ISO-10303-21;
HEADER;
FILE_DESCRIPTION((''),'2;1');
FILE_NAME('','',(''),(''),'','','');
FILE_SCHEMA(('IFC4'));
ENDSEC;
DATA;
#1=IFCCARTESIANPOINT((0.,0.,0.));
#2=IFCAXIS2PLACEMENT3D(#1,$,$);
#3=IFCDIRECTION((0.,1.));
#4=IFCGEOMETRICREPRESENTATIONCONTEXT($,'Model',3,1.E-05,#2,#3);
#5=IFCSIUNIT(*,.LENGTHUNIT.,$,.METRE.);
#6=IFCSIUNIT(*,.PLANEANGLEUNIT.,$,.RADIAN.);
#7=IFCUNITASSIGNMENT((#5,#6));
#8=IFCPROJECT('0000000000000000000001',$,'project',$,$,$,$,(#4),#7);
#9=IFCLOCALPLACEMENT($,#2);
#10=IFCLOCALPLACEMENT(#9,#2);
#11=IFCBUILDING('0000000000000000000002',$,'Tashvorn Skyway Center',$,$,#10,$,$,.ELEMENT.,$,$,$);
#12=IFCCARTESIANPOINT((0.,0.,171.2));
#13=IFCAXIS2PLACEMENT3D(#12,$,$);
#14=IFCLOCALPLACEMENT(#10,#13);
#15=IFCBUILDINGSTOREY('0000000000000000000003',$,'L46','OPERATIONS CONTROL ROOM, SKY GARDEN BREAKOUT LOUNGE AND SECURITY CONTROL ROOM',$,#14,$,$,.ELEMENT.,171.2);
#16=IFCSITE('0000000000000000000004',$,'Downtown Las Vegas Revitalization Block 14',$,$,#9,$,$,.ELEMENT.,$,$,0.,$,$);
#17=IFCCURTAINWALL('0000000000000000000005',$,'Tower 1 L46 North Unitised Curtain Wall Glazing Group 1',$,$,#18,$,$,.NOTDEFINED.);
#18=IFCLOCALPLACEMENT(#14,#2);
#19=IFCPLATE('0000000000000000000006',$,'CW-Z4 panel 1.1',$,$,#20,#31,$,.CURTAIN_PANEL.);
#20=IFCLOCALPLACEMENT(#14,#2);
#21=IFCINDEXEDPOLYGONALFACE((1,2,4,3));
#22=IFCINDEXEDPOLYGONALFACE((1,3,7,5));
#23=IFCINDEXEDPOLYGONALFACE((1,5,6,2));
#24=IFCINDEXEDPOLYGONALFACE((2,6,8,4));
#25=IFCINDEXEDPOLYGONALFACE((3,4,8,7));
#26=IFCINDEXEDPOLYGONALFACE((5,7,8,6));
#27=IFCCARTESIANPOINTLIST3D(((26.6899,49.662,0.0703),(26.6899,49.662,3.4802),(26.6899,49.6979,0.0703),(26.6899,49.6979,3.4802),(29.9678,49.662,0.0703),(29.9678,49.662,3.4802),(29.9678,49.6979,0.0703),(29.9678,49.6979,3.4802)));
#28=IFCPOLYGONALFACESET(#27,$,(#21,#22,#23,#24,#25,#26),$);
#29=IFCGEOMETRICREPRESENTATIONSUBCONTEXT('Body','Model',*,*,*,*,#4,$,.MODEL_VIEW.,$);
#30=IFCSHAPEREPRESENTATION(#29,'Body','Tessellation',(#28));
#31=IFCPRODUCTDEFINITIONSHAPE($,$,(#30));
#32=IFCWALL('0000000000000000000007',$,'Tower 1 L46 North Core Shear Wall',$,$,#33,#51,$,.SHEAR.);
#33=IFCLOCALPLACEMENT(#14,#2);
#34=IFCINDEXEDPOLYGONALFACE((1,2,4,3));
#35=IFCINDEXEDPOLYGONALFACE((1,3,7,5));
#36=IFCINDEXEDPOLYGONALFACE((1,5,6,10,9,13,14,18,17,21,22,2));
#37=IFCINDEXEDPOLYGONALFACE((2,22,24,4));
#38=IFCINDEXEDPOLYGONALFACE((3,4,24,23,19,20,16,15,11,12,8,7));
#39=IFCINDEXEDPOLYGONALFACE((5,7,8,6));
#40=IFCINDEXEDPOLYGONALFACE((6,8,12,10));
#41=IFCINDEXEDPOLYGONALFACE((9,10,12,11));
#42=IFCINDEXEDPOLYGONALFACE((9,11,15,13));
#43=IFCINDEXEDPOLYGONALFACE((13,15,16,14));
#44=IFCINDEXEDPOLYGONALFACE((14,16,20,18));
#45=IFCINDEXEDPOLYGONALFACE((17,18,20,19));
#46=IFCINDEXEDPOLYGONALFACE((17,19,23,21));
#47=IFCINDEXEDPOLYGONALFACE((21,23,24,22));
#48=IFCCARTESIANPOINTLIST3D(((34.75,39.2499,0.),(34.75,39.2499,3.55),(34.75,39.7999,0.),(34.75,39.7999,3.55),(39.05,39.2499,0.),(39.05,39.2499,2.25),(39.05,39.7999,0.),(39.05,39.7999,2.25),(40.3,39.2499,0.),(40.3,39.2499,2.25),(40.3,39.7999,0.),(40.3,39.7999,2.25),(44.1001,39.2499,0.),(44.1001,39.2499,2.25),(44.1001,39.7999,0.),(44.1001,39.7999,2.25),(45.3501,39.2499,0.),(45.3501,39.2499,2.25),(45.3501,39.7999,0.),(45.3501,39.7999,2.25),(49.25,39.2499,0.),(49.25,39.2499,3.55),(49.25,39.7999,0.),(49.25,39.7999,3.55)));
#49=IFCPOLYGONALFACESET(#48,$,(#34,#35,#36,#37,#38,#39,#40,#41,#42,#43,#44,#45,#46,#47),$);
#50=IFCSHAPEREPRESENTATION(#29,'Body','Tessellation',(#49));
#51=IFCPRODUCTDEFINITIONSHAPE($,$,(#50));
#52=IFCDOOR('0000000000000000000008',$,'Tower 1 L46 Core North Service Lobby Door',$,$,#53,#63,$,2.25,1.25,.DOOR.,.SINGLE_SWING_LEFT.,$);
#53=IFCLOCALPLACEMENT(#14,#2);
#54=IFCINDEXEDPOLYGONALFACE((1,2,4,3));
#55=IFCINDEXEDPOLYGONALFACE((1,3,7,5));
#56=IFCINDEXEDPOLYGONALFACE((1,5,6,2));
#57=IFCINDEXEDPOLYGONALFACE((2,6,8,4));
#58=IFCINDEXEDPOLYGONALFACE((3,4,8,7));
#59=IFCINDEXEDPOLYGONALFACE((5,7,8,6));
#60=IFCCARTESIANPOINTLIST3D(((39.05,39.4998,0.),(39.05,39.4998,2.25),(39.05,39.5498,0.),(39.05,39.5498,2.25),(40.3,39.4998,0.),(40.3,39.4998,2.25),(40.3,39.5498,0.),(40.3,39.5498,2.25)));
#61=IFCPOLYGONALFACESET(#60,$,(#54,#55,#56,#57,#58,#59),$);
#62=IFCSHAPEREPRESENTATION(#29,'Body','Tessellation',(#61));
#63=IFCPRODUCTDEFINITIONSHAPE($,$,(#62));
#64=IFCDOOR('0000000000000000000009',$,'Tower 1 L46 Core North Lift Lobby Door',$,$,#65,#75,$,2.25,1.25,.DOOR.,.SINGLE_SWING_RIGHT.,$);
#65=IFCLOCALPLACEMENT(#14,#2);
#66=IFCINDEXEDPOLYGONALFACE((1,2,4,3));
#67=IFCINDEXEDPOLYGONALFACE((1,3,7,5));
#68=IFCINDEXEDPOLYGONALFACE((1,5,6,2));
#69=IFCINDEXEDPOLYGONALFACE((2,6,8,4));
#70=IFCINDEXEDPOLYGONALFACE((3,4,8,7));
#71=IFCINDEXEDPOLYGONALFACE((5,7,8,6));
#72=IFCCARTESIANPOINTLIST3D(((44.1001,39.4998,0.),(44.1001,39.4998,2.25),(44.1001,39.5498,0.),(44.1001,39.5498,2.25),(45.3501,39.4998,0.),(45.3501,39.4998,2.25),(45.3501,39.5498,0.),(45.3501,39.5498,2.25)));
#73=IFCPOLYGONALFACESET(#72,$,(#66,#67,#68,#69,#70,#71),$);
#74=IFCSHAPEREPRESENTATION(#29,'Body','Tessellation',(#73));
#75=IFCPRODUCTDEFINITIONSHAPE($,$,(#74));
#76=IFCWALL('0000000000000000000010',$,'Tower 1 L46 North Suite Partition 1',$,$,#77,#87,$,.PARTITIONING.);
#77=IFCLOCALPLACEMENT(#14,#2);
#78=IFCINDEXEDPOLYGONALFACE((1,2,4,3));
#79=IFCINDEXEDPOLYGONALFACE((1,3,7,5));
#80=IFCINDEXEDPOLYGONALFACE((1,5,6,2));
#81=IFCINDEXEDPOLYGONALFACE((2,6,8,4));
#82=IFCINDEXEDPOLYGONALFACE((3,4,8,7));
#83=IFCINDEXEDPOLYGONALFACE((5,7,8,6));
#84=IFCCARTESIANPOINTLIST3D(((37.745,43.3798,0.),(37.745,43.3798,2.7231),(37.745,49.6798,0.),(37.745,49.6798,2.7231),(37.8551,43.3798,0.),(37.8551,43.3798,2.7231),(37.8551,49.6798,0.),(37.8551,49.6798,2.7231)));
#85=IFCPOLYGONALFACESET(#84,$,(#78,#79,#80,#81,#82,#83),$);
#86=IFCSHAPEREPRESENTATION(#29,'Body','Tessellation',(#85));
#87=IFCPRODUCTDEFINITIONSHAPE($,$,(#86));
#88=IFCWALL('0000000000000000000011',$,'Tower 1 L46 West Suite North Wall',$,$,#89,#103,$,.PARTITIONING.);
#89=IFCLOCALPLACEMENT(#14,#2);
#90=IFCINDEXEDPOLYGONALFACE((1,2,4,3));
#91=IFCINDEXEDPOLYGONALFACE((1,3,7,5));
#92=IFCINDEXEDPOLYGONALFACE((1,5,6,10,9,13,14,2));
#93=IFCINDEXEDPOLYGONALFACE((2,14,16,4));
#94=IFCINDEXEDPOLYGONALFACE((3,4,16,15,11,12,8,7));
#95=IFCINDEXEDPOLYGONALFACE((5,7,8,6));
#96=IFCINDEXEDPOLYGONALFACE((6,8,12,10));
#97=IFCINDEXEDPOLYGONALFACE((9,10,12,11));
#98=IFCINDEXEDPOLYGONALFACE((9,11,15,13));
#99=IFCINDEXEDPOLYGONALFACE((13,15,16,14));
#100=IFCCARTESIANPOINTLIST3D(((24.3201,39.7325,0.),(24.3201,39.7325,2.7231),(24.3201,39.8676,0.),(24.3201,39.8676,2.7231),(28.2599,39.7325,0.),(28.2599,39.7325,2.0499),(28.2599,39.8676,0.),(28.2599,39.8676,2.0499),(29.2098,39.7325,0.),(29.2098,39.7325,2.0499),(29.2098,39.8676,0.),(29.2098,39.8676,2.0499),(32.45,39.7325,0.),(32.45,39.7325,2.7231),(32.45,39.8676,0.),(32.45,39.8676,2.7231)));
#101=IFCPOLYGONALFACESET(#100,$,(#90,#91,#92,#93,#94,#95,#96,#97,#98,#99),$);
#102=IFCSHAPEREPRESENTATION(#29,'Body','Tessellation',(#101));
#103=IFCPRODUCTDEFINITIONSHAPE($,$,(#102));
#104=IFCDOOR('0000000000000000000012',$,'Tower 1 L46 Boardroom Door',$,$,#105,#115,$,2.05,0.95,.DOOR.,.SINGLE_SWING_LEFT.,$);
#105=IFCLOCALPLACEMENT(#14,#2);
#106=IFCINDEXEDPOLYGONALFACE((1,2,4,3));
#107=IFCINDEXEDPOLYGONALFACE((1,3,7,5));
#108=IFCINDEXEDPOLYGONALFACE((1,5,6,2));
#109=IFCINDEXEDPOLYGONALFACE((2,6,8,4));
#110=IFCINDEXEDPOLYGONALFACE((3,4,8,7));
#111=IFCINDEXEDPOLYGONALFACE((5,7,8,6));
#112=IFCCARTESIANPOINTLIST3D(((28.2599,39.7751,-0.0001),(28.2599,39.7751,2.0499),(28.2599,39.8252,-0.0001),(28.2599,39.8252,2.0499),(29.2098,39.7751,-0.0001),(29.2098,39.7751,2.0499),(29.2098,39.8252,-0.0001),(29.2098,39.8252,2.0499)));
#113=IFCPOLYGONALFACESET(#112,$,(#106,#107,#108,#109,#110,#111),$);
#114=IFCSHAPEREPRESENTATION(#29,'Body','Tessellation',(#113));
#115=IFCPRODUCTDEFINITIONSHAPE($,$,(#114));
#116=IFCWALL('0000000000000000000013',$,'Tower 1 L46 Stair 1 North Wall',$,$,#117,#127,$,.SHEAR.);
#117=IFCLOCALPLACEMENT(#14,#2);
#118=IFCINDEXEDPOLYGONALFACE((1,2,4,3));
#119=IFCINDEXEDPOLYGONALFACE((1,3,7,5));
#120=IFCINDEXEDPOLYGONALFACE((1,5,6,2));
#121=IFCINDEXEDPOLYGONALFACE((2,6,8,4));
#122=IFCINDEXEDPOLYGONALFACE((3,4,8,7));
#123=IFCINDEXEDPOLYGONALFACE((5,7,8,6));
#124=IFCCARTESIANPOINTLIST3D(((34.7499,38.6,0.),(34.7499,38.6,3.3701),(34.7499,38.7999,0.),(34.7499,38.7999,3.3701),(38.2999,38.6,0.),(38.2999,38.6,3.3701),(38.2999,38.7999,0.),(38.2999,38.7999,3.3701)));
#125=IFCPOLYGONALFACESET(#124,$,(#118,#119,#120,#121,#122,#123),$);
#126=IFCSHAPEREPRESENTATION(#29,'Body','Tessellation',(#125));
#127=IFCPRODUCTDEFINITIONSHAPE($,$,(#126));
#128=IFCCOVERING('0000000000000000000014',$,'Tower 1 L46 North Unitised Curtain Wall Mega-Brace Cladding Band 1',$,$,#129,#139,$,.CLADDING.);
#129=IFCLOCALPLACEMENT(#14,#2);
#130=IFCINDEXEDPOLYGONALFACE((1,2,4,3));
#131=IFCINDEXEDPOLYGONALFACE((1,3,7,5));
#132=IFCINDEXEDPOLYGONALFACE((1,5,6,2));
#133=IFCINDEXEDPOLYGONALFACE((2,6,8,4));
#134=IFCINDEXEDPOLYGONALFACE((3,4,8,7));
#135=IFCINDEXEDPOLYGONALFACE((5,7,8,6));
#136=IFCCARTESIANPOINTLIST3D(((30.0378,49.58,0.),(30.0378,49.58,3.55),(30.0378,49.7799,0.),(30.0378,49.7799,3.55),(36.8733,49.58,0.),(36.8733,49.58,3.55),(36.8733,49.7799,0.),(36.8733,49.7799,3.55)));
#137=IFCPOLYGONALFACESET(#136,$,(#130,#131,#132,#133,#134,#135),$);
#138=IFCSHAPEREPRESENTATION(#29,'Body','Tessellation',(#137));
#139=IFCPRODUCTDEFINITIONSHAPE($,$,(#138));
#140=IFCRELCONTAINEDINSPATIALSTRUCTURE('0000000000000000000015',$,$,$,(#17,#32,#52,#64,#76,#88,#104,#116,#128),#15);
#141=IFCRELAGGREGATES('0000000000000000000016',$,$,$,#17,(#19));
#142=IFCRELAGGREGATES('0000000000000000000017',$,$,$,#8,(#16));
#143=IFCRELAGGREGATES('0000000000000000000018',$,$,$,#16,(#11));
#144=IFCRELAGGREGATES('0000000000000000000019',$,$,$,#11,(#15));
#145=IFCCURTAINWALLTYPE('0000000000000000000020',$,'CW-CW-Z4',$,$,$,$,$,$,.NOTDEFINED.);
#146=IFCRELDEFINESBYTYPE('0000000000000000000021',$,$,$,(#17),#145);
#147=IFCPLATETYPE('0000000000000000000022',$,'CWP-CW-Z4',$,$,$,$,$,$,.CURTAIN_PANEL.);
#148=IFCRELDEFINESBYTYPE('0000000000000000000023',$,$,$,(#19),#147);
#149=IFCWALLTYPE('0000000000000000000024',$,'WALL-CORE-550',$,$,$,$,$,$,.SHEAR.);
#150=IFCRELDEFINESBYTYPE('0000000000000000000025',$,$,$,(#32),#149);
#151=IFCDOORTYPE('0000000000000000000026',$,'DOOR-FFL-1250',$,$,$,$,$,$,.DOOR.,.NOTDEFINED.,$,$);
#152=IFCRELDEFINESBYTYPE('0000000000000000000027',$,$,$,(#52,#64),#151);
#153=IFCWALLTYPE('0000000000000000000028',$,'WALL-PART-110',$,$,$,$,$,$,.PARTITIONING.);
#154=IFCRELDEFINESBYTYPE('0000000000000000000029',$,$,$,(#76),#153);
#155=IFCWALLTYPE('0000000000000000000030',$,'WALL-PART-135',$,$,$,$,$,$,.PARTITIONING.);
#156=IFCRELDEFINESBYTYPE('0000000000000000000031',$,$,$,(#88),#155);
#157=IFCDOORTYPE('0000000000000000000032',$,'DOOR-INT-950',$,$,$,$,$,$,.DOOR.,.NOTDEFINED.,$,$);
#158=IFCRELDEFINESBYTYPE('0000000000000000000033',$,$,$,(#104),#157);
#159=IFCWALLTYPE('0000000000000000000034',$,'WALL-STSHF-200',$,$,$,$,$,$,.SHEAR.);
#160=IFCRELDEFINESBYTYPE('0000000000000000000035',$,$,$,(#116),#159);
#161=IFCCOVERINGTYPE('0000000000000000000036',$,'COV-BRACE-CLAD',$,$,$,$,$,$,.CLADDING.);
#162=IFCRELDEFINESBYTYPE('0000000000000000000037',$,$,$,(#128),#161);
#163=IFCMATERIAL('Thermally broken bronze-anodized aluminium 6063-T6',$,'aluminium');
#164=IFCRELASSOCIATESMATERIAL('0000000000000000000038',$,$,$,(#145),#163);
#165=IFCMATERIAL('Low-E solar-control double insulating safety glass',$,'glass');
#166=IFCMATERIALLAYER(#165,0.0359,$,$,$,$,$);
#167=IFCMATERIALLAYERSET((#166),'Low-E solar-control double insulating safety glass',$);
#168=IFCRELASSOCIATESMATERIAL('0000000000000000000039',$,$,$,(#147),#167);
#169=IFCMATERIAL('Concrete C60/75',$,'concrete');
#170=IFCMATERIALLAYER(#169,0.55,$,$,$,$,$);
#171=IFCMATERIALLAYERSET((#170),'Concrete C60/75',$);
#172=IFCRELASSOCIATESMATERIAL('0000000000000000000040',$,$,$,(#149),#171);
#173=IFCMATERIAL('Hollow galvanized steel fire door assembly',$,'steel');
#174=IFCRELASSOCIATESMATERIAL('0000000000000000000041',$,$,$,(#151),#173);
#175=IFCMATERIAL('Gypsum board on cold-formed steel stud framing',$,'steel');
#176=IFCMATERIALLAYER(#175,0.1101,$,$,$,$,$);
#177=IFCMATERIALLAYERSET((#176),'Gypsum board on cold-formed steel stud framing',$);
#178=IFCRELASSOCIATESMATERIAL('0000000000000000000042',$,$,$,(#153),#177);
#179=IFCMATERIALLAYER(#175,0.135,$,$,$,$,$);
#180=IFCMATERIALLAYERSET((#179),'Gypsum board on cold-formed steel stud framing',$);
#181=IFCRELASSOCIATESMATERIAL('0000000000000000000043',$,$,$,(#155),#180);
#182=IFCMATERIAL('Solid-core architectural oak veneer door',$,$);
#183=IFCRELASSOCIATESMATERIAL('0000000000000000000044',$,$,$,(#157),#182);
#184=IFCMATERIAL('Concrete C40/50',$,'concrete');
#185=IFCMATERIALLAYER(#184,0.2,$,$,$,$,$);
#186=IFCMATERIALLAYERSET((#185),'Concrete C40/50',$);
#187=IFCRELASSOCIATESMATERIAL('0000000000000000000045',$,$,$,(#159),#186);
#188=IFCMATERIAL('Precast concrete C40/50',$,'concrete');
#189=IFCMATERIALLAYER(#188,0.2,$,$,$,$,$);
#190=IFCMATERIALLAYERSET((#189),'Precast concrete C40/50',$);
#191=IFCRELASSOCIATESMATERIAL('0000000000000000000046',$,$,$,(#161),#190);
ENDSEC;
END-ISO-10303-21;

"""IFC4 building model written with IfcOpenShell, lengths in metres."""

from ifc_helpers import new_model, si_unit, direction, frame, frame_2d, origin, origin_2d, place, context, subcontext, project, spatial, rectangle, extrude, material, layer, layer_set, type_object, element, fill, aggregate, save


model = new_model("IFC4")

# Units and contexts
model_context = context("Model", 3, precision=1e-05, world=origin(), true_north=direction((0.0, 1.0)))
body_context = subcontext(model_context, "Body", "Model", "MODEL_VIEW")
ifc_project = project(units=[si_unit("LENGTHUNIT", "METRE"), si_unit("PLANEANGLEUNIT", "RADIAN")], contexts=[model_context])

# Site, building, storey
site_placement = place(None, origin())
site = spatial("IfcSite", under=ifc_project, at=site_placement, Name="Downtown Las Vegas Revitalization Block 14", CompositionType="ELEMENT", RefElevation=0.0)
building_placement = place(site_placement, origin())
building = spatial("IfcBuilding", under=site, at=building_placement, Name="Tashvorn Skyway Center", CompositionType="ELEMENT")
storey_placement = place(building_placement, frame((0.0, 0.0, 171.2)))
storey = spatial("IfcBuildingStorey", under=building, at=storey_placement, Name="L46", Description="OPERATIONS CONTROL ROOM, SKY GARDEN BREAKOUT LOUNGE AND SECURITY CONTROL ROOM", CompositionType="ELEMENT", Elevation=171.2)

# Curtain wall
ifc_material_1 = material(Name="Thermally broken bronze-anodized aluminium 6063-T6", Category="aluminium")
curtain_wall_type = type_object("IfcCurtainWallType", Name="CW-CW-Z4", PredefinedType="NOTDEFINED", material=ifc_material_1)
curtain_wall_1_placement = place(storey_placement, origin())
curtain_wall_1 = element("IfcCurtainWall", 1, at=curtain_wall_1_placement, inside=storey, type_object=curtain_wall_type, Name="Tower 1 L46 North Unitised Curtain Wall Glazing Group 1", PredefinedType="NOTDEFINED")

# Plate
ifc_material_2 = material(Name="Low-E solar-control double insulating safety glass", Category="glass")
ifc_layer_1 = layer(ifc_material_2, 0.0359)
ifc_layer_set_1 = layer_set([ifc_layer_1], Name="Low-E solar-control double insulating safety glass")
plate_type = type_object("IfcPlateType", Name="CWP-CW-Z4", PredefinedType="CURTAIN_PANEL", material=ifc_layer_set_1)
plate_placement = place(storey_placement, frame((28.3289, 49.6799, 0.0703), z_axis=(0.0, 0.0, 1.0), x_axis=(1.0, 0.0, 0.0)))
plate = element("IfcPlate", 2, at=plate_placement, type_object=plate_type, Name="CW-Z4 panel 1.1", PredefinedType="CURTAIN_PANEL", context=body_context, shape_type="SweptSolid", body=[
    extrude(rectangle(XDim=3.2778, YDim=0.0359, at=origin_2d()), origin(), (0.0, 0.0, 1.0), 3.4099),
])
aggregate(curtain_wall_1, [plate])

# Wall, openings, doors
ifc_material_3 = material(Name="Concrete C60/75", Category="concrete")
ifc_layer_2 = layer(ifc_material_3, 0.55)
ifc_layer_set_2 = layer_set([ifc_layer_2], Name="Concrete C60/75")
wall_type_1 = type_object("IfcWallType", Name="WALL-CORE-550", PredefinedType="SHEAR", material=ifc_layer_set_2)
wall_1_placement = place(storey_placement, frame((34.75, 39.5249, 0.0), z_axis=(0.0, 0.0, 1.0), x_axis=(1.0, 0.0, 0.0)))
wall_1 = element("IfcWall", 3, at=wall_1_placement, inside=storey, type_object=wall_type_1, Name="Tower 1 L46 North Core Shear Wall", PredefinedType="SHEAR", context=body_context, shape_type="SweptSolid", body=[
    extrude(rectangle(XDim=14.5, YDim=0.55, at=frame_2d((7.25, 0.0))), origin(), (0.0, 0.0, 1.0), 3.55),
])
opening_1_placement = place(wall_1_placement, frame((4.3, 0.0, 0.0)))
opening_1 = element("IfcOpeningElement", 4, at=opening_1_placement, cuts=wall_1, PredefinedType="OPENING", context=body_context, shape_type="SweptSolid", body=[
    extrude(rectangle(XDim=1.25, YDim=2.25, at=frame_2d((0.625, 1.125))), frame((0.0, 0.2849, 0.0), z_axis=(0.0, -1.0, 0.0), x_axis=(1.0, 0.0, 0.0)), (0.0, 0.0, 1.0), 0.5701),
])
opening_2_placement = place(wall_1_placement, frame((9.3501, 0.0, 0.0)))
opening_2 = element("IfcOpeningElement", 5, at=opening_2_placement, cuts=wall_1, PredefinedType="OPENING", context=body_context, shape_type="SweptSolid", body=[
    extrude(rectangle(XDim=1.25, YDim=2.25, at=frame_2d((0.625, 1.125))), frame((0.0, 0.2849, 0.0), z_axis=(0.0, -1.0, 0.0), x_axis=(1.0, 0.0, 0.0)), (0.0, 0.0, 1.0), 0.5701),
])
ifc_material_4 = material(Name="Hollow galvanized steel fire door assembly", Category="steel")
door_type_1 = type_object("IfcDoorType", Name="DOOR-FFL-1250", OperationType="NOTDEFINED", PredefinedType="DOOR", material=ifc_material_4)
door_1_placement = place(opening_1_placement, origin())
door_1 = element("IfcDoor", 6, at=door_1_placement, inside=storey, type_object=door_type_1, Name="Tower 1 L46 Core North Service Lobby Door", OperationType="SINGLE_SWING_LEFT", OverallHeight=2.25, OverallWidth=1.25, PredefinedType="DOOR", context=body_context, shape_type="SweptSolid", body=[
    extrude(rectangle(XDim=1.25, YDim=2.25, at=frame_2d((0.625, 1.125))), frame((0.0, 0.0249, 0.0), z_axis=(0.0, -1.0, 0.0), x_axis=(1.0, 0.0, 0.0)), (0.0, 0.0, 1.0), 0.05),
])
fill(opening_1, door_1)
door_2_placement = place(opening_2_placement, origin())
door_2 = element("IfcDoor", 7, at=door_2_placement, inside=storey, type_object=door_type_1, Name="Tower 1 L46 Core North Lift Lobby Door", OperationType="SINGLE_SWING_RIGHT", OverallHeight=2.25, OverallWidth=1.25, PredefinedType="DOOR", context=body_context, shape_type="SweptSolid", body=[
    extrude(rectangle(XDim=1.25, YDim=2.25, at=frame_2d((0.625, 1.125))), frame((0.0, 0.0249, 0.0), z_axis=(0.0, -1.0, 0.0), x_axis=(1.0, 0.0, 0.0)), (0.0, 0.0, 1.0), 0.05),
])
fill(opening_2, door_2)

# Wall
ifc_material_5 = material(Name="Gypsum board on cold-formed steel stud framing", Category="steel")
ifc_layer_3 = layer(ifc_material_5, 0.1101)
ifc_layer_set_3 = layer_set([ifc_layer_3], Name="Gypsum board on cold-formed steel stud framing")
wall_type_2 = type_object("IfcWallType", Name="WALL-PART-110", PredefinedType="PARTITIONING", material=ifc_layer_set_3)
wall_2_placement = place(storey_placement, frame((37.8, 43.3799, 0.0), z_axis=(0.0, 0.0, 1.0), x_axis=(0.0, 1.0, 0.0)))
element("IfcWall", 8, at=wall_2_placement, inside=storey, type_object=wall_type_2, Name="Tower 1 L46 North Suite Partition 1", PredefinedType="PARTITIONING", context=body_context, shape_type="SweptSolid", body=[
    extrude(rectangle(XDim=6.3, YDim=0.1101, at=frame_2d((3.1499, 0.0))), origin(), (0.0, 0.0, 1.0), 2.7231),
])

# Wall, opening, door
ifc_layer_4 = layer(ifc_material_5, 0.135)
ifc_layer_set_4 = layer_set([ifc_layer_4], Name="Gypsum board on cold-formed steel stud framing")
wall_type_3 = type_object("IfcWallType", Name="WALL-PART-135", PredefinedType="PARTITIONING", material=ifc_layer_set_4)
wall_3_placement = place(storey_placement, frame((32.45, 39.8, 0.0), z_axis=(0.0, 0.0, 1.0), x_axis=(-1.0, 0.0, 0.0)))
wall_3 = element("IfcWall", 9, at=wall_3_placement, inside=storey, type_object=wall_type_3, Name="Tower 1 L46 West Suite North Wall", PredefinedType="PARTITIONING", context=body_context, shape_type="SweptSolid", body=[
    extrude(rectangle(XDim=8.1299, YDim=0.135, at=frame_2d((4.0649, 0.0))), origin(), (0.0, 0.0, 1.0), 2.7231),
])
opening_3_placement = place(wall_3_placement, frame((3.24, 0.0, 0.0)))
opening_3 = element("IfcOpeningElement", 10, at=opening_3_placement, cuts=wall_3, PredefinedType="OPENING", context=body_context, shape_type="SweptSolid", body=[
    extrude(rectangle(XDim=0.95, YDim=2.05, at=frame_2d((0.4751, 1.0249))), frame((0.0, 0.0774, 0.0), z_axis=(0.0, -1.0, 0.0), x_axis=(1.0, 0.0, 0.0)), (0.0, 0.0, 1.0), 0.155),
])
ifc_material_6 = material(Name="Solid-core architectural oak veneer door")
door_type_2 = type_object("IfcDoorType", Name="DOOR-INT-950", OperationType="NOTDEFINED", PredefinedType="DOOR", material=ifc_material_6)
door_3_placement = place(opening_3_placement, origin())
door_3 = element("IfcDoor", 11, at=door_3_placement, inside=storey, type_object=door_type_2, Name="Tower 1 L46 Boardroom Door", OperationType="SINGLE_SWING_LEFT", OverallHeight=2.05, OverallWidth=0.95, PredefinedType="DOOR", context=body_context, shape_type="SweptSolid", body=[
    extrude(rectangle(XDim=0.95, YDim=2.05, at=frame_2d((0.4751, 1.0249))), frame((0.0, 0.0249, 0.0), z_axis=(0.0, -1.0, 0.0), x_axis=(1.0, 0.0, 0.0)), (0.0, 0.0, 1.0), 0.05),
])
fill(opening_3, door_3)

# Wall
ifc_material_7 = material(Name="Concrete C40/50", Category="concrete")
ifc_layer_5 = layer(ifc_material_7, 0.2)
ifc_layer_set_5 = layer_set([ifc_layer_5], Name="Concrete C40/50")
wall_type_4 = type_object("IfcWallType", Name="WALL-STSHF-200", PredefinedType="SHEAR", material=ifc_layer_set_5)
wall_4_placement = place(storey_placement, frame((34.75, 38.7, 0.0), z_axis=(0.0, 0.0, 1.0), x_axis=(1.0, 0.0, 0.0)))
element("IfcWall", 12, at=wall_4_placement, inside=storey, type_object=wall_type_4, Name="Tower 1 L46 Stair 1 North Wall", PredefinedType="SHEAR", context=body_context, shape_type="SweptSolid", body=[
    extrude(rectangle(XDim=3.55, YDim=0.2, at=frame_2d((1.7749, 0.0))), origin(), (0.0, 0.0, 1.0), 3.3701),
])

# Covering
ifc_material_8 = material(Name="Precast concrete C40/50", Category="concrete")
ifc_layer_6 = layer(ifc_material_8, 0.2)
ifc_layer_set_6 = layer_set([ifc_layer_6], Name="Precast concrete C40/50")
covering_type = type_object("IfcCoveringType", Name="COV-BRACE-CLAD", PredefinedType="CLADDING", material=ifc_layer_set_6)
covering_placement = place(storey_placement, frame((33.4556, 49.6799, 0.0), z_axis=(0.0, 0.0, 1.0), x_axis=(1.0, 0.0, 0.0)))
element("IfcCovering", 13, at=covering_placement, inside=storey, type_object=covering_type, Name="Tower 1 L46 North Unitised Curtain Wall Mega-Brace Cladding Band 1", PredefinedType="CLADDING", context=body_context, shape_type="SweptSolid", body=[
    extrude(rectangle(XDim=6.8354, YDim=0.2, at=origin_2d()), origin(), (0.0, 0.0, 1.0), 3.55),
])

save(model, "model.ifc")
